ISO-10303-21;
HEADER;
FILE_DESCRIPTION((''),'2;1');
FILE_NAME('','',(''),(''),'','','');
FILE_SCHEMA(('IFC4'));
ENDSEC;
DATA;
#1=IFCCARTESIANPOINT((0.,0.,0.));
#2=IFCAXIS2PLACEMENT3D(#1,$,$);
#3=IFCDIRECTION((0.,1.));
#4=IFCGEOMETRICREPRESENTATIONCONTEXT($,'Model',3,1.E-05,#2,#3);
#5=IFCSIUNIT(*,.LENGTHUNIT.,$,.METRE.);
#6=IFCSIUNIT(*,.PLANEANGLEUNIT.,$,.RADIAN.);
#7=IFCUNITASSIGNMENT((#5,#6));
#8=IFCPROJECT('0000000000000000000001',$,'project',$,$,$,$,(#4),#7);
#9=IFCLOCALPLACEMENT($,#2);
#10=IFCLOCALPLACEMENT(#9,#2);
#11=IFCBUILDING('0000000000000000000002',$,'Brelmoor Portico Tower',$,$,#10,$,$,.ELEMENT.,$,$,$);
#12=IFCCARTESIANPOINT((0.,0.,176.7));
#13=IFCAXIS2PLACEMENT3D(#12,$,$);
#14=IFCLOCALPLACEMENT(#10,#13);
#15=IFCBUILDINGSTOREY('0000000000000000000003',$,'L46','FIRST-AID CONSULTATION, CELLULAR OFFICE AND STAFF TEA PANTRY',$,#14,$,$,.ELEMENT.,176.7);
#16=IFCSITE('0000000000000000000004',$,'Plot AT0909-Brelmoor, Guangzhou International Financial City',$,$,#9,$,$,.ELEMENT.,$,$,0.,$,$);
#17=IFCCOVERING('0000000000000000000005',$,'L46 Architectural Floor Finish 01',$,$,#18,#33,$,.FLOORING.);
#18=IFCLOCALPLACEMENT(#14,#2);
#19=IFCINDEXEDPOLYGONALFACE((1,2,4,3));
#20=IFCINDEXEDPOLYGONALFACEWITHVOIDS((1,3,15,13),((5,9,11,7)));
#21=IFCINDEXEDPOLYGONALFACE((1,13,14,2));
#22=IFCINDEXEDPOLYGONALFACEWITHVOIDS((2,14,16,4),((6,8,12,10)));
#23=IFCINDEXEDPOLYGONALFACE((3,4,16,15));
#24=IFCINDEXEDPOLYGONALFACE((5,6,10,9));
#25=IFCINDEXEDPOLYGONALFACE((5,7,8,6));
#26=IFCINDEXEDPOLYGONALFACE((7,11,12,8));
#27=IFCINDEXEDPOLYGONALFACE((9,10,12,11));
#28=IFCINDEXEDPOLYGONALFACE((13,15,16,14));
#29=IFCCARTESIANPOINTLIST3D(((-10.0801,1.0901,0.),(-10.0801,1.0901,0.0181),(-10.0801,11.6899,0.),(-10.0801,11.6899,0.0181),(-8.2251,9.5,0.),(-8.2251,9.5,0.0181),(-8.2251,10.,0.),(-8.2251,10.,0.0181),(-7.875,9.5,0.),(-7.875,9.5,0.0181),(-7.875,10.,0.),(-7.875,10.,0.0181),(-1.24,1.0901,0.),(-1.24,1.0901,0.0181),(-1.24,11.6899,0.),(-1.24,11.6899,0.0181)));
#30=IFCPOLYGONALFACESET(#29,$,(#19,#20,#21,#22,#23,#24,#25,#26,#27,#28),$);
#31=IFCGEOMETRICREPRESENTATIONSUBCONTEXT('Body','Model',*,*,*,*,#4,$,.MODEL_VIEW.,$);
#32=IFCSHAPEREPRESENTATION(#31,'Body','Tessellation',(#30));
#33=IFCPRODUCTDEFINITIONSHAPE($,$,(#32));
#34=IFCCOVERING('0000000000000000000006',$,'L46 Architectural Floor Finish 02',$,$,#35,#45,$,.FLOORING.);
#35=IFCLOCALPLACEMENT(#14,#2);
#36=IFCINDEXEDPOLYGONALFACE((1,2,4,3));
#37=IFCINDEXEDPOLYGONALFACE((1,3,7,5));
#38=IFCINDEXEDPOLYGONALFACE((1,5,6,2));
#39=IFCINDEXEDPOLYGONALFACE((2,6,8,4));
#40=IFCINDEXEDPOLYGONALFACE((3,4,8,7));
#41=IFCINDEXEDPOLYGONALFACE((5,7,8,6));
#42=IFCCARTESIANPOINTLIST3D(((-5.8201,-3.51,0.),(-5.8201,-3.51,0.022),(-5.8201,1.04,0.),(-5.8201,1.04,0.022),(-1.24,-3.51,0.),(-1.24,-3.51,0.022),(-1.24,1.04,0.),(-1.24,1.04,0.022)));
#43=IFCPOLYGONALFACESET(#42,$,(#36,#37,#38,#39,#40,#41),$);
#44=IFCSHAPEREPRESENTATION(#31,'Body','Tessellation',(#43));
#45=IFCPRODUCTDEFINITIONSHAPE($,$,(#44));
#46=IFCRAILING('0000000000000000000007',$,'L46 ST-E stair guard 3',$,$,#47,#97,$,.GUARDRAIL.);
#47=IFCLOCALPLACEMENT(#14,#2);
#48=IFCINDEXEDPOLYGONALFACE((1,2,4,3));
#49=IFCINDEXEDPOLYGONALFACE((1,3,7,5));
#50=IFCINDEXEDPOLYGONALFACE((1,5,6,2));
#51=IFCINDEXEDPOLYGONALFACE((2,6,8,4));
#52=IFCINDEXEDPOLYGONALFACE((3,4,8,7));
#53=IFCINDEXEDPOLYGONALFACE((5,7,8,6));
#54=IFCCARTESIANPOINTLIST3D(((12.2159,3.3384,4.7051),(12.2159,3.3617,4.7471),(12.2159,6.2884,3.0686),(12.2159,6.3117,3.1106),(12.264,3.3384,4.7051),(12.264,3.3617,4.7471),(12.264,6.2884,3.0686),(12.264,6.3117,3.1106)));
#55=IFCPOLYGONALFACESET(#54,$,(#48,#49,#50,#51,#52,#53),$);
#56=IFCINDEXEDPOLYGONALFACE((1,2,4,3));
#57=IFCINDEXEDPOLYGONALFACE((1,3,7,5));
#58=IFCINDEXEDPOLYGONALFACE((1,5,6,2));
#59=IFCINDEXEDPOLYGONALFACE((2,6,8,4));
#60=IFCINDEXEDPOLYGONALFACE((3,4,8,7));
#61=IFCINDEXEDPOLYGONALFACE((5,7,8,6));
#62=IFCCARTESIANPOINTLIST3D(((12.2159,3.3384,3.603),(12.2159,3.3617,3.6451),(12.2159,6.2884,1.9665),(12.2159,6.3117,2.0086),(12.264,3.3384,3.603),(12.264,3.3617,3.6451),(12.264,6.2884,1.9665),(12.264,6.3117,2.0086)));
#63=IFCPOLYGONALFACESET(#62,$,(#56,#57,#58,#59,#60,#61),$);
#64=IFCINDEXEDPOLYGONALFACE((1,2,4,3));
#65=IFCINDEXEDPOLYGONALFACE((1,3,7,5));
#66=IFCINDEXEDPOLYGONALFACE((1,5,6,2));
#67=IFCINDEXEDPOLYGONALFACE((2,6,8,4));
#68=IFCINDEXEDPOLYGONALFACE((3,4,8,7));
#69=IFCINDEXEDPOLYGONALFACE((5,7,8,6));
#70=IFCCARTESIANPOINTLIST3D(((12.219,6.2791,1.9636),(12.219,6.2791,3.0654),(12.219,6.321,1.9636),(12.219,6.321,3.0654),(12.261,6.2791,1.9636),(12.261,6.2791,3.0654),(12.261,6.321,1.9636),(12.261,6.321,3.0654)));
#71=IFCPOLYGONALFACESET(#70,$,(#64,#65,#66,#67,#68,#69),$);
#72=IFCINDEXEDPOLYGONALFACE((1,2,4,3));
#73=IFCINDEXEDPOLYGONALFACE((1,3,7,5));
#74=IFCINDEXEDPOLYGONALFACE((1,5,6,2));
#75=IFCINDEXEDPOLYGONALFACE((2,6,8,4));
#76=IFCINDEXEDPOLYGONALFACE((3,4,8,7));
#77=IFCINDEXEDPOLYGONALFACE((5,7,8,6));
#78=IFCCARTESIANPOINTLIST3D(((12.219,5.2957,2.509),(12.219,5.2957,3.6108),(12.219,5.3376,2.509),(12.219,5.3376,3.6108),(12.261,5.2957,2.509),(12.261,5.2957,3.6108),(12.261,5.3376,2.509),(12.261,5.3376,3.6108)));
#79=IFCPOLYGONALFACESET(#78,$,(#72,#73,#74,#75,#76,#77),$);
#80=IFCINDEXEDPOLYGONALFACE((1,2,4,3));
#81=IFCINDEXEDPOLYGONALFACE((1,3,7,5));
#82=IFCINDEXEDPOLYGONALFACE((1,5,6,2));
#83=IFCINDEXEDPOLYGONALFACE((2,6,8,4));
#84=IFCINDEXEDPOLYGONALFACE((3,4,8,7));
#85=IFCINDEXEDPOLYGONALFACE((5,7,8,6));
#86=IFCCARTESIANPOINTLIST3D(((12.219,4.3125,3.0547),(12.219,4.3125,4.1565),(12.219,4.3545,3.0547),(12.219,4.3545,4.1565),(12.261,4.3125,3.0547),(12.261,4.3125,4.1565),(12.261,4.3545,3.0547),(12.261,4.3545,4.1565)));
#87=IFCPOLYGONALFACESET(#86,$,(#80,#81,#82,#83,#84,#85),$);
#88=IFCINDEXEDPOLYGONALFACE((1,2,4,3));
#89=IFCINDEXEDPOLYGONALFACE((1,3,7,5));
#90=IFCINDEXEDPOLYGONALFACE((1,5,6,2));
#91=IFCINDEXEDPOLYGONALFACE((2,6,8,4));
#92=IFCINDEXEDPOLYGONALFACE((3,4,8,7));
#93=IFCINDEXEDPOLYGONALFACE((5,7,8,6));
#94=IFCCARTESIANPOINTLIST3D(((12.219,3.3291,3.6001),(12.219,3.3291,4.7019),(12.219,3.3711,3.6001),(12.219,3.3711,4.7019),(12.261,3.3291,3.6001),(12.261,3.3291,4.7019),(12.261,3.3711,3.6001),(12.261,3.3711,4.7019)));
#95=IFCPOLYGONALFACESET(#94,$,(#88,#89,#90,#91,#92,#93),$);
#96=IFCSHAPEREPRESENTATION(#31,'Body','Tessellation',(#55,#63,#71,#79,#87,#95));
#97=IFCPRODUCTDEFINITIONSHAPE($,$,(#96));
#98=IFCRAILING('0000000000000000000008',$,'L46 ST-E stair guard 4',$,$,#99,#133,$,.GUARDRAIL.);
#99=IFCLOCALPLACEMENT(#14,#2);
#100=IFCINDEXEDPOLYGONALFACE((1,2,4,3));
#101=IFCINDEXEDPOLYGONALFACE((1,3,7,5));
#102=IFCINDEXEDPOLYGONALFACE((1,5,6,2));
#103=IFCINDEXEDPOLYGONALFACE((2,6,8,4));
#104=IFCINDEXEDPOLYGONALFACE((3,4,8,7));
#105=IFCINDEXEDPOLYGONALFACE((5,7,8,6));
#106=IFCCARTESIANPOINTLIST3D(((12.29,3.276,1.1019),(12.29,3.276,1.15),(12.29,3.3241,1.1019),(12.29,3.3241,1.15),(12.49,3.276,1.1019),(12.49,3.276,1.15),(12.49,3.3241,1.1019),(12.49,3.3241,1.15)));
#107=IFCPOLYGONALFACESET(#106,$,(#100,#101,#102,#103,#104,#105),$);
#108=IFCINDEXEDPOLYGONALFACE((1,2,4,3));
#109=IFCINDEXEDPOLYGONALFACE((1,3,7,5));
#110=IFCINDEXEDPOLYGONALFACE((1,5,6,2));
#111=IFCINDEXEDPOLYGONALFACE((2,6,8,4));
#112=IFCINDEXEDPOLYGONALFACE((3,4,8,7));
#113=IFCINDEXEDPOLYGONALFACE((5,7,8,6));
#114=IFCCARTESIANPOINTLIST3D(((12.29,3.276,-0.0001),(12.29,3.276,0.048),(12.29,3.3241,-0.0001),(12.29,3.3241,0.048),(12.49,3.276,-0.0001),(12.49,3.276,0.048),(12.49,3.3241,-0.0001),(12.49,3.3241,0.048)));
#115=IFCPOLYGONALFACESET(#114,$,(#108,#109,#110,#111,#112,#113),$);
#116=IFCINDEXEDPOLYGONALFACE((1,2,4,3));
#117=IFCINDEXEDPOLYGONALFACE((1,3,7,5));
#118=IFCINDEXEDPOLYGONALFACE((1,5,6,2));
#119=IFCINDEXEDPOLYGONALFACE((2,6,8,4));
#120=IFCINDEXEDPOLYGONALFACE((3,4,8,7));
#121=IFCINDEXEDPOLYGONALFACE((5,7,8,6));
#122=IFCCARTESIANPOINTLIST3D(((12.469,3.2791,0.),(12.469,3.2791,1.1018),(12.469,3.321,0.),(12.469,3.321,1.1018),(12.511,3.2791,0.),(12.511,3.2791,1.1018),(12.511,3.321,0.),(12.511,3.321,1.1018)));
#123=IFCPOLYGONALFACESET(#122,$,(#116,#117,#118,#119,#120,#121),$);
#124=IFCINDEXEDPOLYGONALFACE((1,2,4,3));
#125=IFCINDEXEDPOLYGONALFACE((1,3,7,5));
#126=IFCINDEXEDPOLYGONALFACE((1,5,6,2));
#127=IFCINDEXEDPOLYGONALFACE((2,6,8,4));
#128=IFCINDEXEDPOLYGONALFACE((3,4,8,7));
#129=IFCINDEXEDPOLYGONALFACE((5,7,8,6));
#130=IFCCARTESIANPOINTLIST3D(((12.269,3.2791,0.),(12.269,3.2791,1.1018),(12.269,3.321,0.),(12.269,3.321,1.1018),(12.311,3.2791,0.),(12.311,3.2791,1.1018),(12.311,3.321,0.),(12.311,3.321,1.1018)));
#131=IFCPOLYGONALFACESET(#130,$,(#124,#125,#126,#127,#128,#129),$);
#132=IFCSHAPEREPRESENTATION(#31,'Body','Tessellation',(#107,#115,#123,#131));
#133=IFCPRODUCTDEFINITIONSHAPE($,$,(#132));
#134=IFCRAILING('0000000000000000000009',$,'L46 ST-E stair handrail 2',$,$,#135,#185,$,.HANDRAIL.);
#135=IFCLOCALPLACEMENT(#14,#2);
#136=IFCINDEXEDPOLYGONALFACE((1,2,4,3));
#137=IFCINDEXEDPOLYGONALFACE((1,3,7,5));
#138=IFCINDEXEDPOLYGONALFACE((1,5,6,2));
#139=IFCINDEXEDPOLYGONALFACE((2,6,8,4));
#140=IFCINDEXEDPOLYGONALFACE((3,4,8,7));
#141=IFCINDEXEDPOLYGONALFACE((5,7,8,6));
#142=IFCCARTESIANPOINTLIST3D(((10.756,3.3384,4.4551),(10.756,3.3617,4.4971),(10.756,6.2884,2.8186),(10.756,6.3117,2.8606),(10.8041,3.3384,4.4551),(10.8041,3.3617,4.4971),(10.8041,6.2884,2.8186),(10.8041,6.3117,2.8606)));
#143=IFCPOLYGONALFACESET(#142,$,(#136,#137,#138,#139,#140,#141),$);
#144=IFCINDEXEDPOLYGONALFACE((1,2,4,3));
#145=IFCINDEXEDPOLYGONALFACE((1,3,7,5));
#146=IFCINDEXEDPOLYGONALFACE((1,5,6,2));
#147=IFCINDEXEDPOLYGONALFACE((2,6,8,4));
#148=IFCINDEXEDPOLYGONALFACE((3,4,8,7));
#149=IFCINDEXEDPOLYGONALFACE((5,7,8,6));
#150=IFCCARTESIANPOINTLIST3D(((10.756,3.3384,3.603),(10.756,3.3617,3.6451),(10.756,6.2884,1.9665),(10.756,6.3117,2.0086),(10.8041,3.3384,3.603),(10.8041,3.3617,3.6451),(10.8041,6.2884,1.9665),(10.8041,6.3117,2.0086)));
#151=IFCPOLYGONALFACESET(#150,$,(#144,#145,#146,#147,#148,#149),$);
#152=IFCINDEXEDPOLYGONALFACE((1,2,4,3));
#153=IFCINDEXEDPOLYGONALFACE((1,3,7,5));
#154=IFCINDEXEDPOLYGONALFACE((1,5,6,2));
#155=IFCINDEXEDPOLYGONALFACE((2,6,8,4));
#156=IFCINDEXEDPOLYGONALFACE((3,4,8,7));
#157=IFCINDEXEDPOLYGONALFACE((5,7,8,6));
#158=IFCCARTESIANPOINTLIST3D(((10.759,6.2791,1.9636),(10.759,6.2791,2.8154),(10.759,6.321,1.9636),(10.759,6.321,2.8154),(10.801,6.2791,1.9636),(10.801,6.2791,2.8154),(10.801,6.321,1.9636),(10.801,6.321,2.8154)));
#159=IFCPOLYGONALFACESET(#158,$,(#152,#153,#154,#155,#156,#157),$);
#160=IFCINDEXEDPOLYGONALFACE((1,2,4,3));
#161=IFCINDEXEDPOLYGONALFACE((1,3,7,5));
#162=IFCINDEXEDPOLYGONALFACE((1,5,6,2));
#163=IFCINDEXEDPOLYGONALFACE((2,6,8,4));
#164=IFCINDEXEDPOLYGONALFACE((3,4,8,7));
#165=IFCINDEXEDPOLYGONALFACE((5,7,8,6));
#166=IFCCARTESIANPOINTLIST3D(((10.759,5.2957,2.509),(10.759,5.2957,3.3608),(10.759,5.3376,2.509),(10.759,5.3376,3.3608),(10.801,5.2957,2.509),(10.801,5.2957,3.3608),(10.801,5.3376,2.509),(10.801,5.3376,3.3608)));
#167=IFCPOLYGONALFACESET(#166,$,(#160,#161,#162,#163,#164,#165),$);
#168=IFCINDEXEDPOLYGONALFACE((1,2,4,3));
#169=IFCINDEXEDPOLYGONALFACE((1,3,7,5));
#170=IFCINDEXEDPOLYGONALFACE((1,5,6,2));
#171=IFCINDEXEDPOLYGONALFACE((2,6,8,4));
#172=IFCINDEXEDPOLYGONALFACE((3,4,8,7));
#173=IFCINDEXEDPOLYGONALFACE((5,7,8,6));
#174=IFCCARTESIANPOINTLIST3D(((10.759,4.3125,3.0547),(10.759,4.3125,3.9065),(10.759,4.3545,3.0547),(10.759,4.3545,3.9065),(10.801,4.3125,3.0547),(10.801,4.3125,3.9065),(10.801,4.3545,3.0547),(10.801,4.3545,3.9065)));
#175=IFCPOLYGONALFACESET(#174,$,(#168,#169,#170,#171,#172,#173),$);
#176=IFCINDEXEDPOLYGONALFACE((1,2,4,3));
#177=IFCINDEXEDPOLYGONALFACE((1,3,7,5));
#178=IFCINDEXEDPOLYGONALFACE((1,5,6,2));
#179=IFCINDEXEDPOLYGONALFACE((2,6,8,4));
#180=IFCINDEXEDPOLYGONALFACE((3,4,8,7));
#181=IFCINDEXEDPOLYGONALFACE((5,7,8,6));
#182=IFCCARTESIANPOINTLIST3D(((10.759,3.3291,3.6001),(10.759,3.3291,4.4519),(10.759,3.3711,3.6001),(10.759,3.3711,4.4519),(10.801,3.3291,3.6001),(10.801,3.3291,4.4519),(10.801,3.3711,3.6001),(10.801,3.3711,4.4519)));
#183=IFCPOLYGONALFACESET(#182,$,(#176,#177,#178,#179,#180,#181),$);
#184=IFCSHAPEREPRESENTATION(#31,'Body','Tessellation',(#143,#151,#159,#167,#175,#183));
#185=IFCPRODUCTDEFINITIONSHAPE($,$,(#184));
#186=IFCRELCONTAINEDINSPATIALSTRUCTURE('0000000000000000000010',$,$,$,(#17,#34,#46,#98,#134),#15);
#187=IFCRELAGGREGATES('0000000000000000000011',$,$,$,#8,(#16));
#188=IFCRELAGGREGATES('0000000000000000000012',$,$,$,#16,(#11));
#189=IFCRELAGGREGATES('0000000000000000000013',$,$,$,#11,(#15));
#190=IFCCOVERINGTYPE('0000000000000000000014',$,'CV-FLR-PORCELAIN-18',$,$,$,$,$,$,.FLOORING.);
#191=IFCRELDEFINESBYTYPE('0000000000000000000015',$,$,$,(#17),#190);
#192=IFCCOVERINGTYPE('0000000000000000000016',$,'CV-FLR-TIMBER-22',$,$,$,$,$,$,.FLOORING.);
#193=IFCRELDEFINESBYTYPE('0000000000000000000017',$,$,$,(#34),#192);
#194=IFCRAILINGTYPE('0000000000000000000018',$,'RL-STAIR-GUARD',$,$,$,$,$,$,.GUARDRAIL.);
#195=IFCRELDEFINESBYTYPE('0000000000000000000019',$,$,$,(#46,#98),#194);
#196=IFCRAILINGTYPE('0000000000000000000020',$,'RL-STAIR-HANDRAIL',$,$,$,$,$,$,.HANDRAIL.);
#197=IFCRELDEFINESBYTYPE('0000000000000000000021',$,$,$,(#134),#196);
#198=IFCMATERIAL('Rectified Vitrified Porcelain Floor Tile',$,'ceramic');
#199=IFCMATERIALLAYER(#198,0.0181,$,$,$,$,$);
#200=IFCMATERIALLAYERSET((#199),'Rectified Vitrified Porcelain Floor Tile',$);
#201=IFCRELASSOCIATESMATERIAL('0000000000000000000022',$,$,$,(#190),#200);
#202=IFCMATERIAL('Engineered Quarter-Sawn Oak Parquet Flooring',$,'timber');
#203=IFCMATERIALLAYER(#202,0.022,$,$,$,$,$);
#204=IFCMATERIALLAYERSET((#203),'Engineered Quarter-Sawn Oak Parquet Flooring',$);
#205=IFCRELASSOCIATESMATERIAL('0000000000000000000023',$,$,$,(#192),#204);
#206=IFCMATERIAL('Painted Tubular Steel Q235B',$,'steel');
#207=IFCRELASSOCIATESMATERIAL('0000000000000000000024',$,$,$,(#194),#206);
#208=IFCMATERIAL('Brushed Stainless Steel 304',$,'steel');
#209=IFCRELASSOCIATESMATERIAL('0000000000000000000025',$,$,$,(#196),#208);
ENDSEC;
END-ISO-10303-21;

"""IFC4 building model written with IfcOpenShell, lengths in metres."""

from ifc_helpers import new_model, si_unit, direction, frame, origin, origin_2d, place, context, subcontext, project, spatial, polyline, rectangle, outline, extrude, material, layer, layer_set, type_object, element, save


model = new_model("IFC4")

# Units and contexts
model_context = context("Model", 3, precision=1e-05, world=origin(), true_north=direction((0.0, 1.0)))
body_context = subcontext(model_context, "Body", "Model", "MODEL_VIEW")
ifc_project = project(units=[si_unit("LENGTHUNIT", "METRE"), si_unit("PLANEANGLEUNIT", "RADIAN")], contexts=[model_context])

# Site, building, storey
site_placement = place(None, origin())
site = spatial("IfcSite", under=ifc_project, at=site_placement, Name="Plot AT0909-Brelmoor, Guangzhou International Financial City", CompositionType="ELEMENT", RefElevation=0.0)
building_placement = place(site_placement, origin())
building = spatial("IfcBuilding", under=site, at=building_placement, Name="Brelmoor Portico Tower", CompositionType="ELEMENT")
storey_placement = place(building_placement, frame((0.0, 0.0, 176.7)))
storey = spatial("IfcBuildingStorey", under=building, at=storey_placement, Name="L46", Description="FIRST-AID CONSULTATION, CELLULAR OFFICE AND STAFF TEA PANTRY", CompositionType="ELEMENT", Elevation=176.7)

# Coverings
ifc_material_1 = material(Name="Rectified Vitrified Porcelain Floor Tile", Category="ceramic")
ifc_layer_1 = layer(ifc_material_1, 0.0181)
ifc_layer_set_1 = layer_set([ifc_layer_1], Name="Rectified Vitrified Porcelain Floor Tile")
covering_type_1 = type_object("IfcCoveringType", Name="CV-FLR-PORCELAIN-18", PredefinedType="FLOORING", material=ifc_layer_set_1)
covering_1_placement = place(storey_placement, origin())
element("IfcCovering", 1, at=covering_1_placement, inside=storey, type_object=covering_type_1, Name="L46 Architectural Floor Finish 01", PredefinedType="FLOORING", context=body_context, shape_type="SweptSolid", body=[
    extrude(outline(polyline([(-10.0801, 11.6899), (-1.24, 11.6899), (-1.24, 1.0901), (-10.0801, 1.0901), (-10.0801, 11.6899)]), holes=[polyline([(-7.875, 9.5), (-7.875, 10.0), (-8.2251, 10.0), (-8.2251, 9.5), (-7.875, 9.5)])]), origin(), (0.0, 0.0, 1.0), 0.0181),
])
ifc_material_2 = material(Name="Engineered Quarter-Sawn Oak Parquet Flooring", Category="timber")
ifc_layer_2 = layer(ifc_material_2, 0.022)
ifc_layer_set_2 = layer_set([ifc_layer_2], Name="Engineered Quarter-Sawn Oak Parquet Flooring")
covering_type_2 = type_object("IfcCoveringType", Name="CV-FLR-TIMBER-22", PredefinedType="FLOORING", material=ifc_layer_set_2)
covering_2_placement = place(storey_placement, origin())
element("IfcCovering", 2, at=covering_2_placement, inside=storey, type_object=covering_type_2, Name="L46 Architectural Floor Finish 02", PredefinedType="FLOORING", context=body_context, shape_type="SweptSolid", body=[
    extrude(outline(polyline([(-5.8201, -3.51), (-5.8201, 1.04), (-1.24, 1.04), (-1.24, -3.51), (-5.8201, -3.51)])), origin(), (0.0, 0.0, 1.0), 0.022),
])

# Railings
ifc_material_3 = material(Name="Painted Tubular Steel Q235B", Category="steel")
railing_type_1 = type_object("IfcRailingType", Name="RL-STAIR-GUARD", PredefinedType="GUARDRAIL", material=ifc_material_3)
railing_1_placement = place(storey_placement, frame((12.24, 6.3, 1.9636)))
element("IfcRailing", 3, at=railing_1_placement, inside=storey, type_object=railing_type_1, Name="L46 ST-E stair guard 3", PredefinedType="GUARDRAIL", context=body_context, shape_type="SweptSolid", body=[
    extrude(rectangle(XDim=0.0481, YDim=0.0481, at=origin_2d()), frame((0.0, 0.0, 1.126), z_axis=(0.0, -0.874458, 0.485102), x_axis=(1.0, 0.0, 0.0)), (0.0, 0.0, 1.0), 3.3735),
    extrude(rectangle(XDim=0.0481, YDim=0.0481, at=origin_2d()), frame((0.0, 0.0, 0.0239), z_axis=(0.0, -0.874458, 0.485102), x_axis=(1.0, 0.0, 0.0)), (0.0, 0.0, 1.0), 3.3735),
    extrude(rectangle(XDim=0.042, YDim=0.042, at=origin_2d()), origin(), (0.0, 0.0, 1.0), 1.1018),
    extrude(rectangle(XDim=0.042, YDim=0.042, at=origin_2d()), frame((0.0, -0.9834, 0.5454)), (0.0, 0.0, 1.0), 1.1018),
    extrude(rectangle(XDim=0.042, YDim=0.042, at=origin_2d()), frame((0.0, -1.9666, 1.0911)), (0.0, 0.0, 1.0), 1.1018),
    extrude(rectangle(XDim=0.042, YDim=0.042, at=origin_2d()), frame((0.0, -2.95, 1.6365)), (0.0, 0.0, 1.0), 1.1018),
])
railing_2_placement = place(storey_placement, frame((12.49, 3.3, 0.0)))
element("IfcRailing", 4, at=railing_2_placement, inside=storey, type_object=railing_type_1, Name="L46 ST-E stair guard 4", PredefinedType="GUARDRAIL", context=body_context, shape_type="SweptSolid", body=[
    extrude(rectangle(XDim=0.0481, YDim=0.0481, at=origin_2d()), frame((0.0, 0.0, 1.126), z_axis=(-1.0, 0.0, 0.0), x_axis=(0.0, -1.0, 0.0)), (0.0, 0.0, 1.0), 0.2),
    extrude(rectangle(XDim=0.0481, YDim=0.0481, at=origin_2d()), frame((0.0, 0.0, 0.0239), z_axis=(-1.0, 0.0, 0.0), x_axis=(0.0, -1.0, 0.0)), (0.0, 0.0, 1.0), 0.2),
    extrude(rectangle(XDim=0.042, YDim=0.042, at=origin_2d()), origin(), (0.0, 0.0, 1.0), 1.1018),
    extrude(rectangle(XDim=0.042, YDim=0.042, at=origin_2d()), frame((-0.2, 0.0, 0.0)), (0.0, 0.0, 1.0), 1.1018),
])
ifc_material_4 = material(Name="Brushed Stainless Steel 304", Category="steel")
railing_type_2 = type_object("IfcRailingType", Name="RL-STAIR-HANDRAIL", PredefinedType="HANDRAIL", material=ifc_material_4)
railing_3_placement = place(storey_placement, frame((10.78, 6.3, 1.9636)))
element("IfcRailing", 5, at=railing_3_placement, inside=storey, type_object=railing_type_2, Name="L46 ST-E stair handrail 2", PredefinedType="HANDRAIL", context=body_context, shape_type="SweptSolid", body=[
    extrude(rectangle(XDim=0.0481, YDim=0.0481, at=origin_2d()), frame((0.0, 0.0, 0.876), z_axis=(0.0, -0.874458, 0.485102), x_axis=(1.0, 0.0, 0.0)), (0.0, 0.0, 1.0), 3.3735),
    extrude(rectangle(XDim=0.0481, YDim=0.0481, at=origin_2d()), frame((0.0, 0.0, 0.0239), z_axis=(0.0, -0.874458, 0.485102), x_axis=(1.0, 0.0, 0.0)), (0.0, 0.0, 1.0), 3.3735),
    extrude(rectangle(XDim=0.042, YDim=0.042, at=origin_2d()), origin(), (0.0, 0.0, 1.0), 0.8518),
    extrude(rectangle(XDim=0.042, YDim=0.042, at=origin_2d()), frame((0.0, -0.9834, 0.5454)), (0.0, 0.0, 1.0), 0.8518),
    extrude(rectangle(XDim=0.042, YDim=0.042, at=origin_2d()), frame((0.0, -1.9666, 1.0911)), (0.0, 0.0, 1.0), 0.8518),
    extrude(rectangle(XDim=0.042, YDim=0.042, at=origin_2d()), frame((0.0, -2.95, 1.6365)), (0.0, 0.0, 1.0), 0.8518),
])

save(model, "model.ifc")
